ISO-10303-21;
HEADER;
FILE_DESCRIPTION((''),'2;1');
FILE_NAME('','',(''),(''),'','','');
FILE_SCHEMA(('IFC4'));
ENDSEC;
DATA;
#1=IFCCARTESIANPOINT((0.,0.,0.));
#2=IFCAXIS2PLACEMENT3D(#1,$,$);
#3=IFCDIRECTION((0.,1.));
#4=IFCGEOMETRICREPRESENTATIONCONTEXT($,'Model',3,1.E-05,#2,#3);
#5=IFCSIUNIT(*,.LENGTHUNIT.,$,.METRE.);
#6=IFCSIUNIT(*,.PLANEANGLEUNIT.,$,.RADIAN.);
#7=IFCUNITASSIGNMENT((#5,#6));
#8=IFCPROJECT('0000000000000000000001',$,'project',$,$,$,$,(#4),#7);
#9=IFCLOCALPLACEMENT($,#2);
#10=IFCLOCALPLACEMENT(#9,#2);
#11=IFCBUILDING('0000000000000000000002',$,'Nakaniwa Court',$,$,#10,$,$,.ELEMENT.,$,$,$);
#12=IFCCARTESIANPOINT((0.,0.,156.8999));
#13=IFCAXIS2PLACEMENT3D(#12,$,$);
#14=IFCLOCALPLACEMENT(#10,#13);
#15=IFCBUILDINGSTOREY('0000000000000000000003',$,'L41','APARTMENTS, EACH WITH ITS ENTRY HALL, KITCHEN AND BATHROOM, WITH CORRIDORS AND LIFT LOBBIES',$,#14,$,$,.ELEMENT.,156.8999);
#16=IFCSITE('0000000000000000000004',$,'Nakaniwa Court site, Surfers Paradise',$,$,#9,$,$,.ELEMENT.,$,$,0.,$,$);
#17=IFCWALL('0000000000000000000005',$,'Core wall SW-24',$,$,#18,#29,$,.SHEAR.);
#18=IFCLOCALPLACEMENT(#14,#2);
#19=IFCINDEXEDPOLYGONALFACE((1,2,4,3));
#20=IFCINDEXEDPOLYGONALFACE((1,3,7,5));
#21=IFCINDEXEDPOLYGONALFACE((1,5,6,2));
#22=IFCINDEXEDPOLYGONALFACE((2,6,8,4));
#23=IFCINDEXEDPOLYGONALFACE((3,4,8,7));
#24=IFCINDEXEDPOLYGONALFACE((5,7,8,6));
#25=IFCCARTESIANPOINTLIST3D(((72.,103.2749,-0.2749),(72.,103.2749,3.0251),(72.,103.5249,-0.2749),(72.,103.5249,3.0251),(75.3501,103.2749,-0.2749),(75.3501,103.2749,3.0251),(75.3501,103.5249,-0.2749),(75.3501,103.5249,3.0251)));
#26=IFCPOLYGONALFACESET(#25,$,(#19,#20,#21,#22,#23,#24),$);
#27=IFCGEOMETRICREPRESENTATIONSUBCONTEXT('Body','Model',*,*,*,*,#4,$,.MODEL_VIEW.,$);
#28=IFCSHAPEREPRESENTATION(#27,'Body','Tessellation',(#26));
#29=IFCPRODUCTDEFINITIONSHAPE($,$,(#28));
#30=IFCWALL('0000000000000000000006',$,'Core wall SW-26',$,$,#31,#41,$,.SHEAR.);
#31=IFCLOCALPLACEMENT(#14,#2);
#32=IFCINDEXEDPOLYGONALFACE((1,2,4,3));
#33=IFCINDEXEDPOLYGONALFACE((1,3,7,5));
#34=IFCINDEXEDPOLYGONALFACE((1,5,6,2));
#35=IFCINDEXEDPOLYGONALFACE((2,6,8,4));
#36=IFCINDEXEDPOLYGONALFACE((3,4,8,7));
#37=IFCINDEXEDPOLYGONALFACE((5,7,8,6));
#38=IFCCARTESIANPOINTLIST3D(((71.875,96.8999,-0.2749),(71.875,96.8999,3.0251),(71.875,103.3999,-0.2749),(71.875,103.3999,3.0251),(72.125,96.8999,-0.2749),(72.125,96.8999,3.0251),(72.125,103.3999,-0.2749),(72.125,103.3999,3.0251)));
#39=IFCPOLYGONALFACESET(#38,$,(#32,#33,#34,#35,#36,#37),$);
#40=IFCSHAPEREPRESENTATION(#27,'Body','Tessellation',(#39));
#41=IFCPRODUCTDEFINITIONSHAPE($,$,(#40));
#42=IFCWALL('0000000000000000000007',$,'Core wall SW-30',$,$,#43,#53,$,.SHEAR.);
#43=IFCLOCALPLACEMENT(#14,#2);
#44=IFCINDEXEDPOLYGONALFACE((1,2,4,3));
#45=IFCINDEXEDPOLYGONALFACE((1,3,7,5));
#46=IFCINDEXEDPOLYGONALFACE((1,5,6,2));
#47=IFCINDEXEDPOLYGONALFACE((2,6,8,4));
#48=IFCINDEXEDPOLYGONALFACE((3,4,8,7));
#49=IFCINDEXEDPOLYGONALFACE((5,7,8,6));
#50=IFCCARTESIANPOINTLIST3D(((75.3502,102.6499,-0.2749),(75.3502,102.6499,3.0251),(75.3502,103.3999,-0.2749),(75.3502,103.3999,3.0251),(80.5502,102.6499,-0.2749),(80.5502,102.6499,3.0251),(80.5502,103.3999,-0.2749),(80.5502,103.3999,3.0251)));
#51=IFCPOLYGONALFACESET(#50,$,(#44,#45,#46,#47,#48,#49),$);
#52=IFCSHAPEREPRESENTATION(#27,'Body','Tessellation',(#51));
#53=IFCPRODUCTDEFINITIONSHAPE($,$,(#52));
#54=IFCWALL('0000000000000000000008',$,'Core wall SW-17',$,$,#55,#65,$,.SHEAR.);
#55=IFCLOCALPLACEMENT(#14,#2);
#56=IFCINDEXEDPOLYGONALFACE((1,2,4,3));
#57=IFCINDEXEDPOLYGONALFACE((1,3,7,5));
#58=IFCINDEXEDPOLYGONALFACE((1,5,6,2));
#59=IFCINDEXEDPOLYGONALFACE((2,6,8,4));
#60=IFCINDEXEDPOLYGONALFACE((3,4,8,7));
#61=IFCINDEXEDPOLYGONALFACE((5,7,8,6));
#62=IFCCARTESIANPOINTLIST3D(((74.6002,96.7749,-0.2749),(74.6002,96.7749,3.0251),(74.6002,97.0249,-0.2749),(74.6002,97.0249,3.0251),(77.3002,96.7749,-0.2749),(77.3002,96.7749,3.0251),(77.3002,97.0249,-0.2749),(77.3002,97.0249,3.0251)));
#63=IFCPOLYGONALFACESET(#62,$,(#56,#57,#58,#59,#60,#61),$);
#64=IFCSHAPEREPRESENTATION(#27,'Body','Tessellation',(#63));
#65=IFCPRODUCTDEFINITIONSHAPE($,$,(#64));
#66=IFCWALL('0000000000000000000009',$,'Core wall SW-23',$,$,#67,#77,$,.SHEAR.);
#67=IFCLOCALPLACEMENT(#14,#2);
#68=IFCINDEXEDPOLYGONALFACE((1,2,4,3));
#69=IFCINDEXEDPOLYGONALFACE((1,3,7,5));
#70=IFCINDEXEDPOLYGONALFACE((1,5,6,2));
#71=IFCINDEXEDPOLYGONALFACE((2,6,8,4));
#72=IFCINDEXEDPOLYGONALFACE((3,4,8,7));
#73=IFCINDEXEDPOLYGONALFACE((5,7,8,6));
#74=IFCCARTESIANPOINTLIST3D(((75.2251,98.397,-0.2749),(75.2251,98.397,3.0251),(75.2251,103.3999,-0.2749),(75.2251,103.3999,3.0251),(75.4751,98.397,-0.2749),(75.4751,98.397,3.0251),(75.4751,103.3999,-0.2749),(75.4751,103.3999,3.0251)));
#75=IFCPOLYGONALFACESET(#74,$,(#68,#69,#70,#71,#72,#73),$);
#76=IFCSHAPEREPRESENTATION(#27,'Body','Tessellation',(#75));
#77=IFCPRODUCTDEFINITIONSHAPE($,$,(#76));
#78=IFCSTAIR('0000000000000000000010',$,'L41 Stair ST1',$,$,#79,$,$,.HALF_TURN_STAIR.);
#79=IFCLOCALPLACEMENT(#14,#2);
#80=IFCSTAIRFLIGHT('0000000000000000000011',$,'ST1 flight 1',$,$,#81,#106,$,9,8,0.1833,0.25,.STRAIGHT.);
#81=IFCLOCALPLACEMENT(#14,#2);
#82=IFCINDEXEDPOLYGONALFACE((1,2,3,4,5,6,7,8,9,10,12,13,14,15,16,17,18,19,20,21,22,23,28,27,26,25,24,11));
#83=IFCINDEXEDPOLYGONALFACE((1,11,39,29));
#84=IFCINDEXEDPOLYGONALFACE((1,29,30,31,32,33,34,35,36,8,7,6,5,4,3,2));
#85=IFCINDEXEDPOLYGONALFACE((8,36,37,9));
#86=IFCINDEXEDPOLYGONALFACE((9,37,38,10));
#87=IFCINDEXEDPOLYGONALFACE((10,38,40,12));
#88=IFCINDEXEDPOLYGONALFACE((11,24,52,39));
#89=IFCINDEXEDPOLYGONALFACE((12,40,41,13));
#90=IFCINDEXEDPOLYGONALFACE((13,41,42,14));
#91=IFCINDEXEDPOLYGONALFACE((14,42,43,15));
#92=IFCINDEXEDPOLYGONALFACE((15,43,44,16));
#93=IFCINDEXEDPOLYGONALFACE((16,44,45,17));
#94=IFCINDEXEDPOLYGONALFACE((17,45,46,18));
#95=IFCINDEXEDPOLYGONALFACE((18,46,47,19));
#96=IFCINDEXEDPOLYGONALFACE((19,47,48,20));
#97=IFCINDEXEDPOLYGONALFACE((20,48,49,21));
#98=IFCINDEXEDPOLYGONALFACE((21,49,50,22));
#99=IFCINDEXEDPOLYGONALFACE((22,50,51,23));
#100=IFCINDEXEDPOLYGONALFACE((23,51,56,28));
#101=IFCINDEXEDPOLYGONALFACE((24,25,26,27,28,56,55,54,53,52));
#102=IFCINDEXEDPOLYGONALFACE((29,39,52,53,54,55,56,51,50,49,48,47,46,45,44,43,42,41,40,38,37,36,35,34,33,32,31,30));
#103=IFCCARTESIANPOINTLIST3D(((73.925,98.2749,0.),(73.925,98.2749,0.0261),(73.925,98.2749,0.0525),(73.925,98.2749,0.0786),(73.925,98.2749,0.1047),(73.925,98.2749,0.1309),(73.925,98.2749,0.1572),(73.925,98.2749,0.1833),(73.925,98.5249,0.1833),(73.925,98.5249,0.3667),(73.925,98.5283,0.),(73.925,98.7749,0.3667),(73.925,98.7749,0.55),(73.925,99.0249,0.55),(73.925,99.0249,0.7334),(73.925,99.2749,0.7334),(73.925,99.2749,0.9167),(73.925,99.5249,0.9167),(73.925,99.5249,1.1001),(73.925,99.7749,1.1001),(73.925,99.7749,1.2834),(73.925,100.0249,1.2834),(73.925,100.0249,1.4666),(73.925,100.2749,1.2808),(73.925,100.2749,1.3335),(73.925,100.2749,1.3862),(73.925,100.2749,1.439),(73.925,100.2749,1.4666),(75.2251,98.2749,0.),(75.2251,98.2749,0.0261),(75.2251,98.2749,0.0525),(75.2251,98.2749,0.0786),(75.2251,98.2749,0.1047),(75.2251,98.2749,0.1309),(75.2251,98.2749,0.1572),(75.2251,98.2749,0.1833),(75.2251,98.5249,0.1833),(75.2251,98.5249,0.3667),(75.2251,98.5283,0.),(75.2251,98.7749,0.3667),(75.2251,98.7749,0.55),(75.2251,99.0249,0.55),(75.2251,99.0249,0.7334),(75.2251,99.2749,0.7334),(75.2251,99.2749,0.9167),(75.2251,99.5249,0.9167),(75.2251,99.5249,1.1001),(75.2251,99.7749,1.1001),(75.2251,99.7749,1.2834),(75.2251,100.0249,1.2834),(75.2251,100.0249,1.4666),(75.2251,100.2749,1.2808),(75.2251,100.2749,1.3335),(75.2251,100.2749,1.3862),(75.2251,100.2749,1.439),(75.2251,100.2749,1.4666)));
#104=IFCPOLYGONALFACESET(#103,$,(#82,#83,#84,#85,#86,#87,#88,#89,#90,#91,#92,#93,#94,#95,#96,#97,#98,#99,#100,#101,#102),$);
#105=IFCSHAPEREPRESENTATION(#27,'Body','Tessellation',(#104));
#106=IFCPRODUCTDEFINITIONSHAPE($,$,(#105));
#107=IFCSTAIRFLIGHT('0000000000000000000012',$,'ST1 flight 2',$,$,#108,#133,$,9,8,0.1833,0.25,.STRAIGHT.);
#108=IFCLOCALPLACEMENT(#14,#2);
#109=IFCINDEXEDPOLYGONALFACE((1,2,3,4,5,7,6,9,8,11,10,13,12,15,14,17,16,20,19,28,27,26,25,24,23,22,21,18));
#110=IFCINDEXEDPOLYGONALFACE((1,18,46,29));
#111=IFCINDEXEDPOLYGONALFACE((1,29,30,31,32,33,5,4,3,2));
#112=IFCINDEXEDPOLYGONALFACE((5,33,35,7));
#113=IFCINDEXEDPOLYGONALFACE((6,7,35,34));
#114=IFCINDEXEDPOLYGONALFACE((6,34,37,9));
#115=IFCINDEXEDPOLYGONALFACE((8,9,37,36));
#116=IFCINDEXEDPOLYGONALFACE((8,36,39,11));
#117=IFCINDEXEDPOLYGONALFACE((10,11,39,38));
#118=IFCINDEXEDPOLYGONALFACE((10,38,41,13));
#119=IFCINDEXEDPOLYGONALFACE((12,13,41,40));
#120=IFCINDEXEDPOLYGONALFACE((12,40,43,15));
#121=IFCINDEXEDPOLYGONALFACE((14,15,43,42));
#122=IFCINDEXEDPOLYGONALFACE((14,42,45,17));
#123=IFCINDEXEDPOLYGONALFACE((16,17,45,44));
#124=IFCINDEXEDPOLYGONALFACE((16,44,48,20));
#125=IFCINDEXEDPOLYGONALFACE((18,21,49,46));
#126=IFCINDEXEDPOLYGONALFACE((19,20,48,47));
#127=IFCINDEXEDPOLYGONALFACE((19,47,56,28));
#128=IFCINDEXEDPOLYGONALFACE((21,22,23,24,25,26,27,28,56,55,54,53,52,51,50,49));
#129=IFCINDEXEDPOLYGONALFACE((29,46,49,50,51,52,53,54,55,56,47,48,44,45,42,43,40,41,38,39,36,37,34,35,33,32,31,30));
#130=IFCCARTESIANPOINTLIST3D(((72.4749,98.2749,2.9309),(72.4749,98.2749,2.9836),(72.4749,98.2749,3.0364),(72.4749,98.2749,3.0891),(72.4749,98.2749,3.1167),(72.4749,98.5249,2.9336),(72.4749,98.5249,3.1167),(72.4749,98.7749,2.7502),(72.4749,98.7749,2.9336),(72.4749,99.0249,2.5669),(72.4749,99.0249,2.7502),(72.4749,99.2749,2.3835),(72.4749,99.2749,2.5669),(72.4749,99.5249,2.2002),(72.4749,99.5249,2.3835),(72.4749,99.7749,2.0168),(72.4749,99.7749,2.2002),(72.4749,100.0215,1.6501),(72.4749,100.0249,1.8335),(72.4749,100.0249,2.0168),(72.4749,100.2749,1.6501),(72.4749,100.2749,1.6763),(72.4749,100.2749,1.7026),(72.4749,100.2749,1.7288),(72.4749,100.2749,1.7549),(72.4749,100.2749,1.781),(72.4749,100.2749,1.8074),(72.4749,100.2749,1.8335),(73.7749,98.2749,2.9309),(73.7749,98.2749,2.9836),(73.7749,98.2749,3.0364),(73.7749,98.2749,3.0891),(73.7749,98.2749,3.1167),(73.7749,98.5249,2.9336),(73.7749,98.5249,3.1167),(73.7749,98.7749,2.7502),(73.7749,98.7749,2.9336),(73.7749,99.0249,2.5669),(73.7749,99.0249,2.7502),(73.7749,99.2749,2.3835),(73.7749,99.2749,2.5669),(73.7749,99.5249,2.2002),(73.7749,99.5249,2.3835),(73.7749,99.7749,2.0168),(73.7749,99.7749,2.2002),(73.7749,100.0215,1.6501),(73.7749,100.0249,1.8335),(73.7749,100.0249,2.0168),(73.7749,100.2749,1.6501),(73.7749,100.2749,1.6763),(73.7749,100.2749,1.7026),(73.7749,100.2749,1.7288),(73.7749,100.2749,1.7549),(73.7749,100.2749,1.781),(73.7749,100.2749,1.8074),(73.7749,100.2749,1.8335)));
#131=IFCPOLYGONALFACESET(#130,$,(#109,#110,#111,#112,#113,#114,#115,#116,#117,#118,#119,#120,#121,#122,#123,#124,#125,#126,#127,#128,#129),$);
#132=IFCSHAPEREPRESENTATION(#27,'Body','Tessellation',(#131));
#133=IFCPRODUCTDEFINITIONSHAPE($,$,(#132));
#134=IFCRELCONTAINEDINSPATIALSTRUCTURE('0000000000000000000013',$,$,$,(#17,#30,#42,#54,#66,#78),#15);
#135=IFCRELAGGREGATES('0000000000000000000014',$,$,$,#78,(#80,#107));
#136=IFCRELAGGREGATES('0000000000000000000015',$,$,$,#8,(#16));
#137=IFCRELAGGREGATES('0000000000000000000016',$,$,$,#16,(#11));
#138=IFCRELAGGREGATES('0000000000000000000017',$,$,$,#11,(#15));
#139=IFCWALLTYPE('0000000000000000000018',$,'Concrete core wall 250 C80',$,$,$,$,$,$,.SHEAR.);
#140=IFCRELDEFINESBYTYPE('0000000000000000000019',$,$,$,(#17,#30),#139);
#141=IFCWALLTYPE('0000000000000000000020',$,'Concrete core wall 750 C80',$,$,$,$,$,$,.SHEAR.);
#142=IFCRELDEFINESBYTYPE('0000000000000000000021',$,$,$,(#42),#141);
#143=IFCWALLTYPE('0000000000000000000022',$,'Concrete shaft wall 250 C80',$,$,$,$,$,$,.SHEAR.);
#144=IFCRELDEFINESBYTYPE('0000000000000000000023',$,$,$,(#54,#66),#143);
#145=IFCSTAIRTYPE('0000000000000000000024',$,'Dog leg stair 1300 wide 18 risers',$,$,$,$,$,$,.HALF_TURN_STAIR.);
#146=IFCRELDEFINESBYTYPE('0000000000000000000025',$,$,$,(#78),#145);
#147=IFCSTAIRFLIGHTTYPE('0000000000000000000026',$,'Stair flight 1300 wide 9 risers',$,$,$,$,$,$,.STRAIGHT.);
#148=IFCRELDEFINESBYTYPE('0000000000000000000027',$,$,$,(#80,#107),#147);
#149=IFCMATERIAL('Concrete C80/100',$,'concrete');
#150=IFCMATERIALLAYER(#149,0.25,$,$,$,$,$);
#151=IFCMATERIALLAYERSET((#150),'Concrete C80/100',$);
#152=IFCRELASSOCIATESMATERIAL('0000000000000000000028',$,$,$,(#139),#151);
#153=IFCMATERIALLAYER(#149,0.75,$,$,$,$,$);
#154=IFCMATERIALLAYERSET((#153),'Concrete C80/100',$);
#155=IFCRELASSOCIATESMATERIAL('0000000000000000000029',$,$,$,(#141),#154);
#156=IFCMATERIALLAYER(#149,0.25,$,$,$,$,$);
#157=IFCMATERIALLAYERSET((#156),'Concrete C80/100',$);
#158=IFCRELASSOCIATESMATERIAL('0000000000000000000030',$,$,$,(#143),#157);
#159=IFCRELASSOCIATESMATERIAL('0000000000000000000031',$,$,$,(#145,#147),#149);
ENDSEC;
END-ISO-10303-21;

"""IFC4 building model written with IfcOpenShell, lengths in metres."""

from ifc_helpers import new_model, si_unit, direction, frame, frame_2d, origin, place, context, subcontext, project, spatial, polyline, rectangle, outline, extrude, material, layer, layer_set, type_object, element, aggregate, save


model = new_model("IFC4")

# Units and contexts
model_context = context("Model", 3, precision=1e-05, world=origin(), true_north=direction((0.0, 1.0)))
body_context = subcontext(model_context, "Body", "Model", "MODEL_VIEW")
ifc_project = project(units=[si_unit("LENGTHUNIT", "METRE"), si_unit("PLANEANGLEUNIT", "RADIAN")], contexts=[model_context])

# Site, building, storey
site_placement = place(None, origin())
site = spatial("IfcSite", under=ifc_project, at=site_placement, Name="Nakaniwa Court site, Surfers Paradise", CompositionType="ELEMENT", RefElevation=0.0)
building_placement = place(site_placement, origin())
building = spatial("IfcBuilding", under=site, at=building_placement, Name="Nakaniwa Court", CompositionType="ELEMENT")
storey_placement = place(building_placement, frame((0.0, 0.0, 156.8999)))
storey = spatial("IfcBuildingStorey", under=building, at=storey_placement, Name="L41", Description="APARTMENTS, EACH WITH ITS ENTRY HALL, KITCHEN AND BATHROOM, WITH CORRIDORS AND LIFT LOBBIES", CompositionType="ELEMENT", Elevation=156.8999)

# Shared definitions
ifc_material_1 = material(Name="Concrete C80/100", Category="concrete")

# Walls
ifc_layer_1 = layer(ifc_material_1, 0.25)
ifc_layer_set_1 = layer_set([ifc_layer_1], Name="Concrete C80/100")
wall_type_1 = type_object("IfcWallType", Name="Concrete core wall 250 C80", PredefinedType="SHEAR", material=ifc_layer_set_1)
wall_1_placement = place(storey_placement, frame((72.0, 103.3999, -0.2749), z_axis=(0.0, 0.0, 1.0), x_axis=(1.0, 0.0, 0.0)))
element("IfcWall", 1, at=wall_1_placement, inside=storey, type_object=wall_type_1, Name="Core wall SW-24", PredefinedType="SHEAR", context=body_context, shape_type="SweptSolid", body=[
    extrude(rectangle(XDim=3.3501, YDim=0.25, at=frame_2d((1.675, 0.0))), origin(), (0.0, 0.0, 1.0), 3.3),
])
wall_2_placement = place(storey_placement, frame((72.0, 96.8999, -0.2749), z_axis=(0.0, 0.0, 1.0), x_axis=(0.0, 1.0, 0.0)))
element("IfcWall", 2, at=wall_2_placement, inside=storey, type_object=wall_type_1, Name="Core wall SW-26", PredefinedType="SHEAR", context=body_context, shape_type="SweptSolid", body=[
    extrude(rectangle(XDim=6.5, YDim=0.25, at=frame_2d((3.25, 0.0))), origin(), (0.0, 0.0, 1.0), 3.3),
])
ifc_layer_2 = layer(ifc_material_1, 0.75)
ifc_layer_set_2 = layer_set([ifc_layer_2], Name="Concrete C80/100")
wall_type_2 = type_object("IfcWallType", Name="Concrete core wall 750 C80", PredefinedType="SHEAR", material=ifc_layer_set_2)
wall_3_placement = place(storey_placement, frame((75.3501, 103.0249, -0.2749), z_axis=(0.0, 0.0, 1.0), x_axis=(1.0, 0.0, 0.0)))
element("IfcWall", 3, at=wall_3_placement, inside=storey, type_object=wall_type_2, Name="Core wall SW-30", PredefinedType="SHEAR", context=body_context, shape_type="SweptSolid", body=[
    extrude(rectangle(XDim=5.2, YDim=0.75, at=frame_2d((2.6001, 0.0))), origin(), (0.0, 0.0, 1.0), 3.3),
])
ifc_layer_3 = layer(ifc_material_1, 0.25)
ifc_layer_set_3 = layer_set([ifc_layer_3], Name="Concrete C80/100")
wall_type_3 = type_object("IfcWallType", Name="Concrete shaft wall 250 C80", PredefinedType="SHEAR", material=ifc_layer_set_3)
wall_4_placement = place(storey_placement, frame((74.6001, 96.8999, -0.2749), z_axis=(0.0, 0.0, 1.0), x_axis=(1.0, 0.0, 0.0)))
element("IfcWall", 4, at=wall_4_placement, inside=storey, type_object=wall_type_3, Name="Core wall SW-17", PredefinedType="SHEAR", context=body_context, shape_type="SweptSolid", body=[
    extrude(rectangle(XDim=2.7, YDim=0.25, at=frame_2d((1.3501, 0.0))), origin(), (0.0, 0.0, 1.0), 3.3),
])
wall_5_placement = place(storey_placement, frame((75.3501, 98.397, -0.2749), z_axis=(0.0, 0.0, 1.0), x_axis=(0.0, 1.0, 0.0)))
element("IfcWall", 5, at=wall_5_placement, inside=storey, type_object=wall_type_3, Name="Core wall SW-23", PredefinedType="SHEAR", context=body_context, shape_type="SweptSolid", body=[
    extrude(rectangle(XDim=5.0029, YDim=0.25, at=frame_2d((2.5015, 0.0))), origin(), (0.0, 0.0, 1.0), 3.3),
])

# Stair, stair flights
stair_type = type_object("IfcStairType", Name="Dog leg stair 1300 wide 18 risers", PredefinedType="HALF_TURN_STAIR", material=ifc_material_1)
stair_placement = place(storey_placement, origin())
stair = element("IfcStair", 6, at=stair_placement, inside=storey, type_object=stair_type, Name="L41 Stair ST1", PredefinedType="HALF_TURN_STAIR")
stair_flight_type = type_object("IfcStairFlightType", Name="Stair flight 1300 wide 9 risers", PredefinedType="STRAIGHT", material=ifc_material_1)
stair_flight_1_placement = place(storey_placement, frame((74.575, 98.2749, 0.0), z_axis=(0.0, 0.0, 1.0), x_axis=(0.0, 1.0, 0.0)))
stair_flight_1 = element("IfcStairFlight", 7, at=stair_flight_1_placement, type_object=stair_flight_type, Name="ST1 flight 1", NumberOfRisers=9, NumberOfTreads=8, PredefinedType="STRAIGHT", RiserHeight=0.1833, TreadLength=0.25, context=body_context, shape_type="SweptSolid", body=[
    extrude(outline(polyline([(0.0, 0.0), (0.0, 0.0261), (0.0, 0.0525), (0.0, 0.0786), (0.0, 0.1047), (0.0, 0.1309), (0.0, 0.1572), (0.0, 0.1833), (0.25, 0.1833), (0.25, 0.3667), (0.5, 0.3667), (0.5, 0.55), (0.75, 0.55), (0.75, 0.7334), (1.0, 0.7334), (1.0, 0.9167), (1.25, 0.9167), (1.25, 1.1001), (1.5, 1.1001), (1.5, 1.2834), (1.75, 1.2834), (1.75, 1.4666), (2.0, 1.4666), (2.0, 1.6499), (2.0, 1.5972), (2.0, 1.5444), (2.0, 1.4917), (2.0, 1.439), (2.0, 1.3862), (2.0, 1.3335), (2.0, 1.2808), (0.2534, 0.0), (0.0, 0.0)])), frame((0.0, 0.6499, 0.0), z_axis=(0.0, -1.0, 0.0), x_axis=(1.0, 0.0, 0.0)), (0.0, 0.0, 1.0), 1.3),
])
stair_flight_2_placement = place(storey_placement, frame((73.125, 100.2749, 1.6501), z_axis=(0.0, 0.0, 1.0), x_axis=(0.0, -1.0, 0.0)))
stair_flight_2 = element("IfcStairFlight", 8, at=stair_flight_2_placement, type_object=stair_flight_type, Name="ST1 flight 2", NumberOfRisers=9, NumberOfTreads=8, PredefinedType="STRAIGHT", RiserHeight=0.1833, TreadLength=0.25, context=body_context, shape_type="SweptSolid", body=[
    extrude(outline(polyline([(0.0, 0.0), (0.0, 0.0261), (0.0, 0.0525), (0.0, 0.0786), (0.0, 0.1047), (0.0, 0.1309), (0.0, 0.1572), (0.0, 0.1833), (0.25, 0.1833), (0.25, 0.3667), (0.5, 0.3667), (0.5, 0.55), (0.75, 0.55), (0.75, 0.7334), (1.0, 0.7334), (1.0, 0.9167), (1.25, 0.9167), (1.25, 1.1001), (1.5, 1.1001), (1.5, 1.2834), (1.75, 1.2834), (1.75, 1.4666), (2.0, 1.4666), (2.0, 1.6499), (2.0, 1.5972), (2.0, 1.5444), (2.0, 1.4917), (2.0, 1.439), (2.0, 1.3862), (2.0, 1.3335), (2.0, 1.2808), (0.2534, 0.0), (0.0, 0.0)])), frame((0.0, 0.6499, 0.0), z_axis=(0.0, -1.0, 0.0), x_axis=(1.0, 0.0, 0.0)), (0.0, 0.0, 1.0), 1.3),
])
aggregate(stair, [stair_flight_1, stair_flight_2])

save(model, "model.ifc")
